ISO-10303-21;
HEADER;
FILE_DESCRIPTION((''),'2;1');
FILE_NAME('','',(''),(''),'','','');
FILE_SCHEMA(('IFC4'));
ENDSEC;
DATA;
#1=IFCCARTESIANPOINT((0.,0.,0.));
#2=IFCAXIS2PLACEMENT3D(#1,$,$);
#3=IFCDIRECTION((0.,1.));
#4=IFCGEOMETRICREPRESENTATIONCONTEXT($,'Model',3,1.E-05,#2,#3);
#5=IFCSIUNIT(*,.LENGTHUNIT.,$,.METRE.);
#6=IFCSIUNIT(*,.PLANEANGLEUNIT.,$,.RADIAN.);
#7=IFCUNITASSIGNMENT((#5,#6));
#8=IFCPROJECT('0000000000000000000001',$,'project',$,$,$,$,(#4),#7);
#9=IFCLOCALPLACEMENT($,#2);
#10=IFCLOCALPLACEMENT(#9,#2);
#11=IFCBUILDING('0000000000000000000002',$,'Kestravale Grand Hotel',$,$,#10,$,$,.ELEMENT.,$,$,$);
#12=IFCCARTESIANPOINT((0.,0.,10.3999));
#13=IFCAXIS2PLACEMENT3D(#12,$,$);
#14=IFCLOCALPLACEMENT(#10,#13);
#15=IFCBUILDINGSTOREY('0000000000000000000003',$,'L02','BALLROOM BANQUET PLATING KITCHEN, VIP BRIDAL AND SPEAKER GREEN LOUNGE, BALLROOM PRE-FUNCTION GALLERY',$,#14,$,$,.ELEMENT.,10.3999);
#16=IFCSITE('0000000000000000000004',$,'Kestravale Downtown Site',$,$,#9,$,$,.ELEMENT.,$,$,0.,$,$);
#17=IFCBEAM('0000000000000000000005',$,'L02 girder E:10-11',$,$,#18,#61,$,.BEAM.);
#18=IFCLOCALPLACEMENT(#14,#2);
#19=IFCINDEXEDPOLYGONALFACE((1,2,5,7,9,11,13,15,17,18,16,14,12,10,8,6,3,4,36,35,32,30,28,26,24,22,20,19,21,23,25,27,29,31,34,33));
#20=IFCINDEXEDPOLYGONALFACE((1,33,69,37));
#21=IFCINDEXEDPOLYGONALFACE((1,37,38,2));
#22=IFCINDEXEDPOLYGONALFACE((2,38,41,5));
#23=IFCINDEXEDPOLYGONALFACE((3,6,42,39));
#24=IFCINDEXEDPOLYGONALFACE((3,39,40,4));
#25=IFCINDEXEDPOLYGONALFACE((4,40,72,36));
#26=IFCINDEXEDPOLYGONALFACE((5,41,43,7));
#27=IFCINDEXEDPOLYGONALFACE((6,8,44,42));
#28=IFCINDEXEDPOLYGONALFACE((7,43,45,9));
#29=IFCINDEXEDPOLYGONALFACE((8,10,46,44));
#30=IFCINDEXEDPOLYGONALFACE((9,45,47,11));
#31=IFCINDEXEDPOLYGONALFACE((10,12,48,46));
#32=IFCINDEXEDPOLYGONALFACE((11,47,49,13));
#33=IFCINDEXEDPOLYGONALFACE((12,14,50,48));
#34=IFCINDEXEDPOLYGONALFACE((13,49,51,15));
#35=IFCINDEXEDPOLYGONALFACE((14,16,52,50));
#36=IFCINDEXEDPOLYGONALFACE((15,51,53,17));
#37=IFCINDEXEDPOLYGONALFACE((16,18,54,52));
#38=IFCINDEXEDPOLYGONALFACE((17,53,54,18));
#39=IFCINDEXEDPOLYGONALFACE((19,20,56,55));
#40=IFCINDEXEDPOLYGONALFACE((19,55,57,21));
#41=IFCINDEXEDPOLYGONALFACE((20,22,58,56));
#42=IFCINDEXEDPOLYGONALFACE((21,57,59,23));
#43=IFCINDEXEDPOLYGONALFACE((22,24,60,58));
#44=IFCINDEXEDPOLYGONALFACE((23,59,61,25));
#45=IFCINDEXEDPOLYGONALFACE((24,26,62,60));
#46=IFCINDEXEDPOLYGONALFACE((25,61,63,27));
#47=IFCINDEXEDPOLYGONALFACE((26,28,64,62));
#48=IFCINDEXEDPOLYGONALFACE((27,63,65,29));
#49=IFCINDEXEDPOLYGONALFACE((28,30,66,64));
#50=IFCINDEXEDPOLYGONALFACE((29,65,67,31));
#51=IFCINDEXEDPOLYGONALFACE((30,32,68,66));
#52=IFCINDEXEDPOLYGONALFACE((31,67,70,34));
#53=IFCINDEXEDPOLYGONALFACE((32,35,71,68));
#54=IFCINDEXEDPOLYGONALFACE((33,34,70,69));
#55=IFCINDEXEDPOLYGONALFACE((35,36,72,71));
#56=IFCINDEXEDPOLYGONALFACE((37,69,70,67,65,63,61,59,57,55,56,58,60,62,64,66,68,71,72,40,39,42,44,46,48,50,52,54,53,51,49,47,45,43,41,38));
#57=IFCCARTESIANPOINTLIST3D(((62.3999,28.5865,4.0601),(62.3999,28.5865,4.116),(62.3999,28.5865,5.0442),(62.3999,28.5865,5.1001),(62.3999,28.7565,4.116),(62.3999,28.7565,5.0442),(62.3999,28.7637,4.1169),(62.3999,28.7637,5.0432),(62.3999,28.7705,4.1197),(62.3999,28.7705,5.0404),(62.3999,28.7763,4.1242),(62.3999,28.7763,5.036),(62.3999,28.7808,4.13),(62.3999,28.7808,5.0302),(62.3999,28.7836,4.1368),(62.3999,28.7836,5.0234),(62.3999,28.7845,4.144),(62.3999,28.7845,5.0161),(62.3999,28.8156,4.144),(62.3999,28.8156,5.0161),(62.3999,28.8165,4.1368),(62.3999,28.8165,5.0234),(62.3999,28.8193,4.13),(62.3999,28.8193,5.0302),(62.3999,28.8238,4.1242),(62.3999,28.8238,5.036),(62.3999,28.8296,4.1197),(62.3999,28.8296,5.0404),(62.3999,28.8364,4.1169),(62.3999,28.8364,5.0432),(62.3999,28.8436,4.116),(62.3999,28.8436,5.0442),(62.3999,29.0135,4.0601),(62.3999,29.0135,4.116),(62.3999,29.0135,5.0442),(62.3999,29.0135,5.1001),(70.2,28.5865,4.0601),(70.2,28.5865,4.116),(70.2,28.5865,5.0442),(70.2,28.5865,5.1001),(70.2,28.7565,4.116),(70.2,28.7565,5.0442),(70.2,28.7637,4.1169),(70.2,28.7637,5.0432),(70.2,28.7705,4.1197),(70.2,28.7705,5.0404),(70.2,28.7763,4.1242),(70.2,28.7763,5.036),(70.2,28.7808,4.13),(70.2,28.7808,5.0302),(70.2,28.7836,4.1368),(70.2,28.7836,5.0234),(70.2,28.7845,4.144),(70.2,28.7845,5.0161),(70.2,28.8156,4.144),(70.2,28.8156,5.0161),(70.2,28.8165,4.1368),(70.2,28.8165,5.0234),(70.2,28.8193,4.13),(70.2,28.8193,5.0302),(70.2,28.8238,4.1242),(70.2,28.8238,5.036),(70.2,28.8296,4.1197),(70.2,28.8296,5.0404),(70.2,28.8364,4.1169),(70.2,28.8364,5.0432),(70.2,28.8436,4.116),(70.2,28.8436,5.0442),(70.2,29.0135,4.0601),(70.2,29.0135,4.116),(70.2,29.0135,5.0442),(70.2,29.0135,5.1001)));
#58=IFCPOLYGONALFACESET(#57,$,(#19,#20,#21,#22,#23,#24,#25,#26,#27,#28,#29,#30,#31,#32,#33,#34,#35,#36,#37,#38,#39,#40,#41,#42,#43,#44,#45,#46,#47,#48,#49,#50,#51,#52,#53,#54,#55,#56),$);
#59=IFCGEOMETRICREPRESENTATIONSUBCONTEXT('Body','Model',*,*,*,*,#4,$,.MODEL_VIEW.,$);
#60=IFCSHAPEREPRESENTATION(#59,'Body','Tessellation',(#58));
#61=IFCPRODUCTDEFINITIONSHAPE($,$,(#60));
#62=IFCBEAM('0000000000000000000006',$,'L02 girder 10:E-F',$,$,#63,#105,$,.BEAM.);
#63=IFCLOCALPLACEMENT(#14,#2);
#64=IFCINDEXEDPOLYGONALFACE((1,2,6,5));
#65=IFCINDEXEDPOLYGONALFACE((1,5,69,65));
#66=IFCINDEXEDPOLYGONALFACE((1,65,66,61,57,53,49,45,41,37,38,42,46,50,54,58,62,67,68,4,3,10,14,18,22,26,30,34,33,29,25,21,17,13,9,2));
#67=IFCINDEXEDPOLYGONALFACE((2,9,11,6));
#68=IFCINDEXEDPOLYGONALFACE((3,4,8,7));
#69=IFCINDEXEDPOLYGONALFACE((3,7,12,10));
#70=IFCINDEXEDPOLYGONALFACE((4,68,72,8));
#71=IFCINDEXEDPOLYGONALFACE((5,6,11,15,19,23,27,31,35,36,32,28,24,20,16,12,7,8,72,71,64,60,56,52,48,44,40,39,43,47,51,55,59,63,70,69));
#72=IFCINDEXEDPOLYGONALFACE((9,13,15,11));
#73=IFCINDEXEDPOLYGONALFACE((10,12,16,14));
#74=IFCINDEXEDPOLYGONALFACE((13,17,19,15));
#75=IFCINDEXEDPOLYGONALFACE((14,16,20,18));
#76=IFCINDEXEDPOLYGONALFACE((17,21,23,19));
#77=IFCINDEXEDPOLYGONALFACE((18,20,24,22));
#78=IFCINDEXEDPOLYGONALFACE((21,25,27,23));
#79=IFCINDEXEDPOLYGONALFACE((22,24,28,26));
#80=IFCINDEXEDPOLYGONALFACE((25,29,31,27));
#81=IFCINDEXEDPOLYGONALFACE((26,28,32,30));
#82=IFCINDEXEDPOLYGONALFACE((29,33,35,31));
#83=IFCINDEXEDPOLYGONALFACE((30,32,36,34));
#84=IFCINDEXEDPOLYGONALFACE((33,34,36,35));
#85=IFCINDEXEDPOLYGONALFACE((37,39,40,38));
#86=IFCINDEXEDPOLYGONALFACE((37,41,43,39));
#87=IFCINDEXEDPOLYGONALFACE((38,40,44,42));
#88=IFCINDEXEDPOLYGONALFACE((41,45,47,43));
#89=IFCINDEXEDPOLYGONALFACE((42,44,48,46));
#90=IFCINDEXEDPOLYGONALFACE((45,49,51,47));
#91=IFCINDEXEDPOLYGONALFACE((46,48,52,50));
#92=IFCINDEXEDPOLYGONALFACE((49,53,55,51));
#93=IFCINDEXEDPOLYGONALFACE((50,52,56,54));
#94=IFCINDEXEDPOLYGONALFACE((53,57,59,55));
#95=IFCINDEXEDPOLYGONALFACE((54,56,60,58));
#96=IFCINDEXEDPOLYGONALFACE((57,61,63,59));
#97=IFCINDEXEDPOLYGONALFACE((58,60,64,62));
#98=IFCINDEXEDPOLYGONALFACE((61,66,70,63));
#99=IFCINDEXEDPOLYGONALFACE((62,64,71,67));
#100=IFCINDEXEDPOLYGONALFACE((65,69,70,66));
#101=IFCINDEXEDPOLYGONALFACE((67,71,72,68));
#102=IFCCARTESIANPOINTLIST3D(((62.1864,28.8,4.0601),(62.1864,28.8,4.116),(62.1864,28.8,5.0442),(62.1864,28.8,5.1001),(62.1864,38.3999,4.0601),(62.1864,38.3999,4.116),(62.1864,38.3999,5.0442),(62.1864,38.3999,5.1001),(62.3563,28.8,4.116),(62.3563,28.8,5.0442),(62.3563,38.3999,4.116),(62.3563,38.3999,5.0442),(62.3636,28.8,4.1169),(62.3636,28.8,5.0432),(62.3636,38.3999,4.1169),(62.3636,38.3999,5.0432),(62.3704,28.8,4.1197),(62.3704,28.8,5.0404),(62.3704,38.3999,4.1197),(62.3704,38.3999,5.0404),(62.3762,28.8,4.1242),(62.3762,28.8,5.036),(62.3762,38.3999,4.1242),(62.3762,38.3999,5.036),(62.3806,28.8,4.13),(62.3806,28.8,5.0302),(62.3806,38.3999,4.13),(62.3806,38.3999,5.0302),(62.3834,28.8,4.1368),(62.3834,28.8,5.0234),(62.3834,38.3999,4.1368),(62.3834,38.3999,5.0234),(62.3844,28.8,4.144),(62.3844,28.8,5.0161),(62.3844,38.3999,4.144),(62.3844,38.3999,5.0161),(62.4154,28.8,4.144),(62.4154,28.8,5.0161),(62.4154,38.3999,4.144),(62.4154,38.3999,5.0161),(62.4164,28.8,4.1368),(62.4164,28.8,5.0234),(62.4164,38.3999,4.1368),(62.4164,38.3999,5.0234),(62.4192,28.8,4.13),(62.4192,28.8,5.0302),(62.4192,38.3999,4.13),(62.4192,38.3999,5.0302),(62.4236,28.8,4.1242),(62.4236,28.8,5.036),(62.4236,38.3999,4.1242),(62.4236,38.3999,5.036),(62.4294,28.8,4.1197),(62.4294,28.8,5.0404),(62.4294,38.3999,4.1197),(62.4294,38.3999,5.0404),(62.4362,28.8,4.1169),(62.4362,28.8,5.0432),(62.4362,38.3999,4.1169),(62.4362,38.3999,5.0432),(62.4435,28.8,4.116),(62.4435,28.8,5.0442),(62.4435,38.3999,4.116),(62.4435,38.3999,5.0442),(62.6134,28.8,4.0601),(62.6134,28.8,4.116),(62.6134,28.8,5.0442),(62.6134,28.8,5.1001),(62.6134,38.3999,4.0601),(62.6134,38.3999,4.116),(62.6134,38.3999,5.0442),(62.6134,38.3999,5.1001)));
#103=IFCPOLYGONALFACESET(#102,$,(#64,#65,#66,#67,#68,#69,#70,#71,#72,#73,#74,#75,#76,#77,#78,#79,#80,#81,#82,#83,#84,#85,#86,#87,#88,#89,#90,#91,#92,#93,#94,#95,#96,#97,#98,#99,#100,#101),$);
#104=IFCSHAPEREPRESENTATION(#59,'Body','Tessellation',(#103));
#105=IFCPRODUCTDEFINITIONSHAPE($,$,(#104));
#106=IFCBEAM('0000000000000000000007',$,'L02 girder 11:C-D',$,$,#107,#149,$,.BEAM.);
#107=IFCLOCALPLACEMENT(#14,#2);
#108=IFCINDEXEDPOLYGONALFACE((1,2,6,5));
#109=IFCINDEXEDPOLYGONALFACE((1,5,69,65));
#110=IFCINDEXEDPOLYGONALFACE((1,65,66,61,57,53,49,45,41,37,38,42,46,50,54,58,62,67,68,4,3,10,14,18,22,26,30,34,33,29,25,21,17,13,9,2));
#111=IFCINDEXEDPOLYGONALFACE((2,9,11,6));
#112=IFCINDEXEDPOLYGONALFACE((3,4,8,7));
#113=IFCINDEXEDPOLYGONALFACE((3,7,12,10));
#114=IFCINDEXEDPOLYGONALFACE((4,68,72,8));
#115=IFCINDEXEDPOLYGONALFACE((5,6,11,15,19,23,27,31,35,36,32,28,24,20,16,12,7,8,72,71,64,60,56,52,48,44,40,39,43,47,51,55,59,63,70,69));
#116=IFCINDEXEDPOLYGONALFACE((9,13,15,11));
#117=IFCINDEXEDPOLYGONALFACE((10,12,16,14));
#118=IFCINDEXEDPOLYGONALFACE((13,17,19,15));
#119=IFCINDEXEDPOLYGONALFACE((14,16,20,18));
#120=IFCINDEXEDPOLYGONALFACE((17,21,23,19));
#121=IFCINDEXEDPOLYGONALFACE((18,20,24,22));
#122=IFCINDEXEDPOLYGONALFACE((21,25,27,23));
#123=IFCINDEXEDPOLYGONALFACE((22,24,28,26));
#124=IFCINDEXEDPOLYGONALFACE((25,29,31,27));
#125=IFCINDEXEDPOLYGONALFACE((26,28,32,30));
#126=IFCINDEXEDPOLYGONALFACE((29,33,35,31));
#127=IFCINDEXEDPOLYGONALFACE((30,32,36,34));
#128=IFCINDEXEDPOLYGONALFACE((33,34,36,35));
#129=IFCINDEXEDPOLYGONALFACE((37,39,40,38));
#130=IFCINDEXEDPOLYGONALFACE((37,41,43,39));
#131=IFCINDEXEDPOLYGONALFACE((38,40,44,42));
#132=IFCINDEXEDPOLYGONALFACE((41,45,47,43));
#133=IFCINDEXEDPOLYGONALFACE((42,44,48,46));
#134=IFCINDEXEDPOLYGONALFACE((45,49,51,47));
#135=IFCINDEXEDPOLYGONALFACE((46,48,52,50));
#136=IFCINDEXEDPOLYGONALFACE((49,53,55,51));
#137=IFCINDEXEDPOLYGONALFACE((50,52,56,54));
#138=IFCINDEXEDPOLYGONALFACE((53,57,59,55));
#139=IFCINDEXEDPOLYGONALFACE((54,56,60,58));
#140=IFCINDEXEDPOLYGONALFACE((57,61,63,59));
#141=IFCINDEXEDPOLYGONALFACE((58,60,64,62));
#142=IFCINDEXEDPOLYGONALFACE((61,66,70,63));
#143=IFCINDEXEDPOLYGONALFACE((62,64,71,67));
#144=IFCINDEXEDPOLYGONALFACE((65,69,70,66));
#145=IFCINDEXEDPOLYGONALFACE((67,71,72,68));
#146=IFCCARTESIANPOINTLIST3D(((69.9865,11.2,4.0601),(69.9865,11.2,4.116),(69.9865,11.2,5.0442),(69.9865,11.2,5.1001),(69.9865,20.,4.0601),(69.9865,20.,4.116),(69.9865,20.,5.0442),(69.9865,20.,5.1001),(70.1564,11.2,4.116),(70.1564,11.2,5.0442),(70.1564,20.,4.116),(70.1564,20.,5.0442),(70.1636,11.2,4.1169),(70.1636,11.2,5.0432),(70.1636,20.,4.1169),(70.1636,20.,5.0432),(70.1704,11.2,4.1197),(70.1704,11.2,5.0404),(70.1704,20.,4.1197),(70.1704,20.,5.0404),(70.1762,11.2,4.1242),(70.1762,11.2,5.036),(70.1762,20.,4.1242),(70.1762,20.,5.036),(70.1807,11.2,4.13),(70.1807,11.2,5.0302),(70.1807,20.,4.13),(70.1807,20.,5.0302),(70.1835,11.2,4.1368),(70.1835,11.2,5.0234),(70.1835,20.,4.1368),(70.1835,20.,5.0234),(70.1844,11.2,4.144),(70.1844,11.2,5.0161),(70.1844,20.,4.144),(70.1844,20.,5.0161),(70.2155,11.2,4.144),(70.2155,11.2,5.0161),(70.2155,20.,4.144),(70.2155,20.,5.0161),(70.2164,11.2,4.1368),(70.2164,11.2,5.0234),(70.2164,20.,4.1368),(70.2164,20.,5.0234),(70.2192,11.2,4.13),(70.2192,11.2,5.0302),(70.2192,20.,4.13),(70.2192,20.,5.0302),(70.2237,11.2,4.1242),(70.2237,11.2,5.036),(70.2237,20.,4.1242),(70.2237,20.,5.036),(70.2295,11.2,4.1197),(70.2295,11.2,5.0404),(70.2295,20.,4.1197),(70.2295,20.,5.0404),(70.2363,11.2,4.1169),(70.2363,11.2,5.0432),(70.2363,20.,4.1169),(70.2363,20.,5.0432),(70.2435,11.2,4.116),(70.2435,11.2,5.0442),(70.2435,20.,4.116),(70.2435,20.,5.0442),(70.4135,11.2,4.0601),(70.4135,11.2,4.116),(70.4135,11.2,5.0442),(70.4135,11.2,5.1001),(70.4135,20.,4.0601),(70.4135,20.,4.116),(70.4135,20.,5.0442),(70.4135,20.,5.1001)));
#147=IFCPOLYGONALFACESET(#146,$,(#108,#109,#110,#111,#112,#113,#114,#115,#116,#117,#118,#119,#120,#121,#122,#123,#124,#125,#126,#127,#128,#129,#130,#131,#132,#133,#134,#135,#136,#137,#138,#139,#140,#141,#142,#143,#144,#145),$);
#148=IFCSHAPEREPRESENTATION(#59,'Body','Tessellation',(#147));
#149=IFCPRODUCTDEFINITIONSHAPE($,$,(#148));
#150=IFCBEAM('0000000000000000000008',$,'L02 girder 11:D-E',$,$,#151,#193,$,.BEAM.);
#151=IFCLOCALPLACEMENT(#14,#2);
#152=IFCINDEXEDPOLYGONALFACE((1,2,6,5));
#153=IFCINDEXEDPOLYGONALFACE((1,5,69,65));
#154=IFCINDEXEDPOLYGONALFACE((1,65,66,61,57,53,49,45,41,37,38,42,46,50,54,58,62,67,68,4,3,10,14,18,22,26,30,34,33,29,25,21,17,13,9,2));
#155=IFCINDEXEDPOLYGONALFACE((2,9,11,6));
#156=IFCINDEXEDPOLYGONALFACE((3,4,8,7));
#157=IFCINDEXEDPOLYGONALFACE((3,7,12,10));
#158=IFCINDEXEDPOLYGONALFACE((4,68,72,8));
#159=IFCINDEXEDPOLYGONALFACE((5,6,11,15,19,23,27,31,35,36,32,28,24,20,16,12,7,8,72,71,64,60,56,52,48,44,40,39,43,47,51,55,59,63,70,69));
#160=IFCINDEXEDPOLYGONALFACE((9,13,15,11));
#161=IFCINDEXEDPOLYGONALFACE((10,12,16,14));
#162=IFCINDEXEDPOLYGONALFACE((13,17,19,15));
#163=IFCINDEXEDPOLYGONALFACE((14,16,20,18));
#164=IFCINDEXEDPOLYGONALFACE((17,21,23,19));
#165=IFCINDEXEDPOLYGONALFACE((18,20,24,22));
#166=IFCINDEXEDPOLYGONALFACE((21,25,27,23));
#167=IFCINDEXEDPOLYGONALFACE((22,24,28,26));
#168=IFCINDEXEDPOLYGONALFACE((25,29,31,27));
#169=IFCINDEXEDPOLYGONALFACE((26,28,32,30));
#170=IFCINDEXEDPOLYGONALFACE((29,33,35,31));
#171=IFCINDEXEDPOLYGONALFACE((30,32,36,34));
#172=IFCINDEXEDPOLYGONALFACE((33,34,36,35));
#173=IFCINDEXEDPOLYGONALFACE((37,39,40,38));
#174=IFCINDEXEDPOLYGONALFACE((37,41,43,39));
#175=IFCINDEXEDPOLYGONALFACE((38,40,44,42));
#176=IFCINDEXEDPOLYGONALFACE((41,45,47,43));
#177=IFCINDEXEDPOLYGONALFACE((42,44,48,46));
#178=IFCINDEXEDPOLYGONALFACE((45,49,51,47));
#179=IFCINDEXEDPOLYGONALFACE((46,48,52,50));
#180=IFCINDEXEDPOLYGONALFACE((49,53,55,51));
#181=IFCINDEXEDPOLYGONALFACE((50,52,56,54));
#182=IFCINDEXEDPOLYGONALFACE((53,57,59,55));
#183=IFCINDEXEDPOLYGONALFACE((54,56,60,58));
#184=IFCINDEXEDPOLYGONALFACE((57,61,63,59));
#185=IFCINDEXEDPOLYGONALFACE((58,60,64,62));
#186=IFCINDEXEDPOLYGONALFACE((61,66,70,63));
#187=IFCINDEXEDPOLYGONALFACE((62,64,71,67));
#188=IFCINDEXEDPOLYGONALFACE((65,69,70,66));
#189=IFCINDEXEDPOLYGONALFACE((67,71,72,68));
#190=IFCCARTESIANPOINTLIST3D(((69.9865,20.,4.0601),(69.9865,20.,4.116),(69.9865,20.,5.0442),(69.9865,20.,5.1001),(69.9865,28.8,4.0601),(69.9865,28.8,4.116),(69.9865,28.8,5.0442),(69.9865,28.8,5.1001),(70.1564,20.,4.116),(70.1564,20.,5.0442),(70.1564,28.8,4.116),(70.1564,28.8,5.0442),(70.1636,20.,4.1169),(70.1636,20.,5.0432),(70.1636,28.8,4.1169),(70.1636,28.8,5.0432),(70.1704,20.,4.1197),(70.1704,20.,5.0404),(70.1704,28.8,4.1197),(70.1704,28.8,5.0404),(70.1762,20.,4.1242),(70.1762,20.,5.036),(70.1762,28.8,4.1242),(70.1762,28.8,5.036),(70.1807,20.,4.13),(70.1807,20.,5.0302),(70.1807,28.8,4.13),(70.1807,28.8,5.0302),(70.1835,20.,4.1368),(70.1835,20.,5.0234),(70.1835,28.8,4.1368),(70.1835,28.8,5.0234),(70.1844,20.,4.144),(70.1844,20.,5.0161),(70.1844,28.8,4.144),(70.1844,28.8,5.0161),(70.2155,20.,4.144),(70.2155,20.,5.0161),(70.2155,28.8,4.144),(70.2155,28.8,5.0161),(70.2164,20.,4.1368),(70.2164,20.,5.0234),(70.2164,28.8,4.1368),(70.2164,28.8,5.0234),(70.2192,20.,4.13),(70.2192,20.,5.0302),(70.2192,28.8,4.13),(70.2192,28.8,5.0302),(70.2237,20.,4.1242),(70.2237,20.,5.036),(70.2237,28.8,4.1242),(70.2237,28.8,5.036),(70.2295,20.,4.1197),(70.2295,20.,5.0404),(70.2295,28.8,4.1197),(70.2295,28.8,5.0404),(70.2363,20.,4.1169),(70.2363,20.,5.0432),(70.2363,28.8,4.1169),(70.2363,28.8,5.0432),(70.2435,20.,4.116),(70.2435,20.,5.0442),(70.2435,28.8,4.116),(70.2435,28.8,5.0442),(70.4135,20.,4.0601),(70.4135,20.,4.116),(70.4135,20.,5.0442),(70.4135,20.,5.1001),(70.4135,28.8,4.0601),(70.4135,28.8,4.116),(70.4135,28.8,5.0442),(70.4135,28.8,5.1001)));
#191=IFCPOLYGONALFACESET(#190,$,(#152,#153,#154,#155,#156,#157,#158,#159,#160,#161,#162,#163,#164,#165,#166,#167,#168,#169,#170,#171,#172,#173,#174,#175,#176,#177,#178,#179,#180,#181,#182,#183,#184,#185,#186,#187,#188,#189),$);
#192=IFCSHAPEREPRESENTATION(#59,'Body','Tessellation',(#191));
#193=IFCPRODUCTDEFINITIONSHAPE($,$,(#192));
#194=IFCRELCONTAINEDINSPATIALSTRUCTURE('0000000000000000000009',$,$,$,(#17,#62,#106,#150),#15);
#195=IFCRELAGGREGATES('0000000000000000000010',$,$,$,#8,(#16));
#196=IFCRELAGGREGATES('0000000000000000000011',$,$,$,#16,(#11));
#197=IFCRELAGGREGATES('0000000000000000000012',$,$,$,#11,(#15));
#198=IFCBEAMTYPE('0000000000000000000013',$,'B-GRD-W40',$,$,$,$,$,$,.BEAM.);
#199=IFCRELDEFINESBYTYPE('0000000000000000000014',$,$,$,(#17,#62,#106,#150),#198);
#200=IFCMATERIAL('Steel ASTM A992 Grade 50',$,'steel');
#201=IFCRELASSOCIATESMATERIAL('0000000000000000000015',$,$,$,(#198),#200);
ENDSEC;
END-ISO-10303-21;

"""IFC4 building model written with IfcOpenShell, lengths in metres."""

from ifc_helpers import new_model, si_unit, direction, frame, origin, origin_2d, place, context, subcontext, project, spatial, i_section, extrude, material, material_profile, profile_set, type_object, element, save


model = new_model("IFC4")

# Units and contexts
model_context = context("Model", 3, precision=1e-05, world=origin(), true_north=direction((0.0, 1.0)))
body_context = subcontext(model_context, "Body", "Model", "MODEL_VIEW")
ifc_project = project(units=[si_unit("LENGTHUNIT", "METRE"), si_unit("PLANEANGLEUNIT", "RADIAN")], contexts=[model_context])

# Site, building, storey
site_placement = place(None, origin())
site = spatial("IfcSite", under=ifc_project, at=site_placement, Name="Kestravale Downtown Site", CompositionType="ELEMENT", RefElevation=0.0)
building_placement = place(site_placement, origin())
building = spatial("IfcBuilding", under=site, at=building_placement, Name="Kestravale Grand Hotel", CompositionType="ELEMENT")
storey_placement = place(building_placement, frame((0.0, 0.0, 10.3999)))
storey = spatial("IfcBuildingStorey", under=building, at=storey_placement, Name="L02", Description="BALLROOM BANQUET PLATING KITCHEN, VIP BRIDAL AND SPEAKER GREEN LOUNGE, BALLROOM PRE-FUNCTION GALLERY", CompositionType="ELEMENT", Elevation=10.3999)

# Beams
ifc_material_1 = material(Name="Steel ASTM A992 Grade 50", Category="steel")
ifc_material_profile_1 = material_profile(ifc_material_1, i_section(OverallWidth=0.427, OverallDepth=1.04, WebThickness=0.031, FlangeThickness=0.0559, FilletRadius=0.0281, at=origin_2d()))
ifc_profile_set_1 = profile_set([ifc_material_profile_1], Name="Steel ASTM A992 Grade 50")
beam_type_1 = type_object("IfcBeamType", Name="B-GRD-W40", PredefinedType="BEAM", material=ifc_profile_set_1)
beam_1_placement = place(storey_placement, frame((62.3999, 28.8, 4.5801), z_axis=(1.0, 0.0, 0.0), x_axis=(0.0, 1.0, 0.0)))
element("IfcBeam", 1, at=beam_1_placement, inside=storey, type_object=beam_type_1, Name="L02 girder E:10-11", PredefinedType="BEAM", context=body_context, shape_type="SweptSolid", body=[
    extrude(i_section(OverallWidth=0.427, OverallDepth=1.04, WebThickness=0.031, FlangeThickness=0.0559, FilletRadius=0.0281, at=origin_2d()), origin(), (0.0, 0.0, 1.0), 7.8),
])
beam_2_placement = place(storey_placement, frame((62.3999, 28.8, 4.5801), z_axis=(0.0, 1.0, 0.0), x_axis=(-1.0, 0.0, 0.0)))
element("IfcBeam", 2, at=beam_2_placement, inside=storey, type_object=beam_type_1, Name="L02 girder 10:E-F", PredefinedType="BEAM", context=body_context, shape_type="SweptSolid", body=[
    extrude(i_section(OverallWidth=0.427, OverallDepth=1.04, WebThickness=0.031, FlangeThickness=0.0559, FilletRadius=0.0281, at=origin_2d()), origin(), (0.0, 0.0, 1.0), 9.5999),
])
for number, where, z_axis, x_axis, name in (
    (3, (70.2, 11.2, 4.5801), (0.0, 1.0, 0.0), (-1.0, 0.0, 0.0), "L02 girder 11:C-D"),
    (4, (70.2, 20.0, 4.5801), (0.0, 1.0, 0.0), (-1.0, 0.0, 0.0), "L02 girder 11:D-E"),
):
    element("IfcBeam", number, at=place(storey_placement, frame(where, z_axis=z_axis, x_axis=x_axis)), inside=storey, type_object=beam_type_1, Name=name, PredefinedType="BEAM", context=body_context, shape_type="SweptSolid", body=[
        extrude(i_section(OverallWidth=0.427, OverallDepth=1.04, WebThickness=0.031, FlangeThickness=0.0559, FilletRadius=0.0281, at=origin_2d()), origin(), (0.0, 0.0, 1.0), 8.8),
    ])

save(model, "model.ifc")
